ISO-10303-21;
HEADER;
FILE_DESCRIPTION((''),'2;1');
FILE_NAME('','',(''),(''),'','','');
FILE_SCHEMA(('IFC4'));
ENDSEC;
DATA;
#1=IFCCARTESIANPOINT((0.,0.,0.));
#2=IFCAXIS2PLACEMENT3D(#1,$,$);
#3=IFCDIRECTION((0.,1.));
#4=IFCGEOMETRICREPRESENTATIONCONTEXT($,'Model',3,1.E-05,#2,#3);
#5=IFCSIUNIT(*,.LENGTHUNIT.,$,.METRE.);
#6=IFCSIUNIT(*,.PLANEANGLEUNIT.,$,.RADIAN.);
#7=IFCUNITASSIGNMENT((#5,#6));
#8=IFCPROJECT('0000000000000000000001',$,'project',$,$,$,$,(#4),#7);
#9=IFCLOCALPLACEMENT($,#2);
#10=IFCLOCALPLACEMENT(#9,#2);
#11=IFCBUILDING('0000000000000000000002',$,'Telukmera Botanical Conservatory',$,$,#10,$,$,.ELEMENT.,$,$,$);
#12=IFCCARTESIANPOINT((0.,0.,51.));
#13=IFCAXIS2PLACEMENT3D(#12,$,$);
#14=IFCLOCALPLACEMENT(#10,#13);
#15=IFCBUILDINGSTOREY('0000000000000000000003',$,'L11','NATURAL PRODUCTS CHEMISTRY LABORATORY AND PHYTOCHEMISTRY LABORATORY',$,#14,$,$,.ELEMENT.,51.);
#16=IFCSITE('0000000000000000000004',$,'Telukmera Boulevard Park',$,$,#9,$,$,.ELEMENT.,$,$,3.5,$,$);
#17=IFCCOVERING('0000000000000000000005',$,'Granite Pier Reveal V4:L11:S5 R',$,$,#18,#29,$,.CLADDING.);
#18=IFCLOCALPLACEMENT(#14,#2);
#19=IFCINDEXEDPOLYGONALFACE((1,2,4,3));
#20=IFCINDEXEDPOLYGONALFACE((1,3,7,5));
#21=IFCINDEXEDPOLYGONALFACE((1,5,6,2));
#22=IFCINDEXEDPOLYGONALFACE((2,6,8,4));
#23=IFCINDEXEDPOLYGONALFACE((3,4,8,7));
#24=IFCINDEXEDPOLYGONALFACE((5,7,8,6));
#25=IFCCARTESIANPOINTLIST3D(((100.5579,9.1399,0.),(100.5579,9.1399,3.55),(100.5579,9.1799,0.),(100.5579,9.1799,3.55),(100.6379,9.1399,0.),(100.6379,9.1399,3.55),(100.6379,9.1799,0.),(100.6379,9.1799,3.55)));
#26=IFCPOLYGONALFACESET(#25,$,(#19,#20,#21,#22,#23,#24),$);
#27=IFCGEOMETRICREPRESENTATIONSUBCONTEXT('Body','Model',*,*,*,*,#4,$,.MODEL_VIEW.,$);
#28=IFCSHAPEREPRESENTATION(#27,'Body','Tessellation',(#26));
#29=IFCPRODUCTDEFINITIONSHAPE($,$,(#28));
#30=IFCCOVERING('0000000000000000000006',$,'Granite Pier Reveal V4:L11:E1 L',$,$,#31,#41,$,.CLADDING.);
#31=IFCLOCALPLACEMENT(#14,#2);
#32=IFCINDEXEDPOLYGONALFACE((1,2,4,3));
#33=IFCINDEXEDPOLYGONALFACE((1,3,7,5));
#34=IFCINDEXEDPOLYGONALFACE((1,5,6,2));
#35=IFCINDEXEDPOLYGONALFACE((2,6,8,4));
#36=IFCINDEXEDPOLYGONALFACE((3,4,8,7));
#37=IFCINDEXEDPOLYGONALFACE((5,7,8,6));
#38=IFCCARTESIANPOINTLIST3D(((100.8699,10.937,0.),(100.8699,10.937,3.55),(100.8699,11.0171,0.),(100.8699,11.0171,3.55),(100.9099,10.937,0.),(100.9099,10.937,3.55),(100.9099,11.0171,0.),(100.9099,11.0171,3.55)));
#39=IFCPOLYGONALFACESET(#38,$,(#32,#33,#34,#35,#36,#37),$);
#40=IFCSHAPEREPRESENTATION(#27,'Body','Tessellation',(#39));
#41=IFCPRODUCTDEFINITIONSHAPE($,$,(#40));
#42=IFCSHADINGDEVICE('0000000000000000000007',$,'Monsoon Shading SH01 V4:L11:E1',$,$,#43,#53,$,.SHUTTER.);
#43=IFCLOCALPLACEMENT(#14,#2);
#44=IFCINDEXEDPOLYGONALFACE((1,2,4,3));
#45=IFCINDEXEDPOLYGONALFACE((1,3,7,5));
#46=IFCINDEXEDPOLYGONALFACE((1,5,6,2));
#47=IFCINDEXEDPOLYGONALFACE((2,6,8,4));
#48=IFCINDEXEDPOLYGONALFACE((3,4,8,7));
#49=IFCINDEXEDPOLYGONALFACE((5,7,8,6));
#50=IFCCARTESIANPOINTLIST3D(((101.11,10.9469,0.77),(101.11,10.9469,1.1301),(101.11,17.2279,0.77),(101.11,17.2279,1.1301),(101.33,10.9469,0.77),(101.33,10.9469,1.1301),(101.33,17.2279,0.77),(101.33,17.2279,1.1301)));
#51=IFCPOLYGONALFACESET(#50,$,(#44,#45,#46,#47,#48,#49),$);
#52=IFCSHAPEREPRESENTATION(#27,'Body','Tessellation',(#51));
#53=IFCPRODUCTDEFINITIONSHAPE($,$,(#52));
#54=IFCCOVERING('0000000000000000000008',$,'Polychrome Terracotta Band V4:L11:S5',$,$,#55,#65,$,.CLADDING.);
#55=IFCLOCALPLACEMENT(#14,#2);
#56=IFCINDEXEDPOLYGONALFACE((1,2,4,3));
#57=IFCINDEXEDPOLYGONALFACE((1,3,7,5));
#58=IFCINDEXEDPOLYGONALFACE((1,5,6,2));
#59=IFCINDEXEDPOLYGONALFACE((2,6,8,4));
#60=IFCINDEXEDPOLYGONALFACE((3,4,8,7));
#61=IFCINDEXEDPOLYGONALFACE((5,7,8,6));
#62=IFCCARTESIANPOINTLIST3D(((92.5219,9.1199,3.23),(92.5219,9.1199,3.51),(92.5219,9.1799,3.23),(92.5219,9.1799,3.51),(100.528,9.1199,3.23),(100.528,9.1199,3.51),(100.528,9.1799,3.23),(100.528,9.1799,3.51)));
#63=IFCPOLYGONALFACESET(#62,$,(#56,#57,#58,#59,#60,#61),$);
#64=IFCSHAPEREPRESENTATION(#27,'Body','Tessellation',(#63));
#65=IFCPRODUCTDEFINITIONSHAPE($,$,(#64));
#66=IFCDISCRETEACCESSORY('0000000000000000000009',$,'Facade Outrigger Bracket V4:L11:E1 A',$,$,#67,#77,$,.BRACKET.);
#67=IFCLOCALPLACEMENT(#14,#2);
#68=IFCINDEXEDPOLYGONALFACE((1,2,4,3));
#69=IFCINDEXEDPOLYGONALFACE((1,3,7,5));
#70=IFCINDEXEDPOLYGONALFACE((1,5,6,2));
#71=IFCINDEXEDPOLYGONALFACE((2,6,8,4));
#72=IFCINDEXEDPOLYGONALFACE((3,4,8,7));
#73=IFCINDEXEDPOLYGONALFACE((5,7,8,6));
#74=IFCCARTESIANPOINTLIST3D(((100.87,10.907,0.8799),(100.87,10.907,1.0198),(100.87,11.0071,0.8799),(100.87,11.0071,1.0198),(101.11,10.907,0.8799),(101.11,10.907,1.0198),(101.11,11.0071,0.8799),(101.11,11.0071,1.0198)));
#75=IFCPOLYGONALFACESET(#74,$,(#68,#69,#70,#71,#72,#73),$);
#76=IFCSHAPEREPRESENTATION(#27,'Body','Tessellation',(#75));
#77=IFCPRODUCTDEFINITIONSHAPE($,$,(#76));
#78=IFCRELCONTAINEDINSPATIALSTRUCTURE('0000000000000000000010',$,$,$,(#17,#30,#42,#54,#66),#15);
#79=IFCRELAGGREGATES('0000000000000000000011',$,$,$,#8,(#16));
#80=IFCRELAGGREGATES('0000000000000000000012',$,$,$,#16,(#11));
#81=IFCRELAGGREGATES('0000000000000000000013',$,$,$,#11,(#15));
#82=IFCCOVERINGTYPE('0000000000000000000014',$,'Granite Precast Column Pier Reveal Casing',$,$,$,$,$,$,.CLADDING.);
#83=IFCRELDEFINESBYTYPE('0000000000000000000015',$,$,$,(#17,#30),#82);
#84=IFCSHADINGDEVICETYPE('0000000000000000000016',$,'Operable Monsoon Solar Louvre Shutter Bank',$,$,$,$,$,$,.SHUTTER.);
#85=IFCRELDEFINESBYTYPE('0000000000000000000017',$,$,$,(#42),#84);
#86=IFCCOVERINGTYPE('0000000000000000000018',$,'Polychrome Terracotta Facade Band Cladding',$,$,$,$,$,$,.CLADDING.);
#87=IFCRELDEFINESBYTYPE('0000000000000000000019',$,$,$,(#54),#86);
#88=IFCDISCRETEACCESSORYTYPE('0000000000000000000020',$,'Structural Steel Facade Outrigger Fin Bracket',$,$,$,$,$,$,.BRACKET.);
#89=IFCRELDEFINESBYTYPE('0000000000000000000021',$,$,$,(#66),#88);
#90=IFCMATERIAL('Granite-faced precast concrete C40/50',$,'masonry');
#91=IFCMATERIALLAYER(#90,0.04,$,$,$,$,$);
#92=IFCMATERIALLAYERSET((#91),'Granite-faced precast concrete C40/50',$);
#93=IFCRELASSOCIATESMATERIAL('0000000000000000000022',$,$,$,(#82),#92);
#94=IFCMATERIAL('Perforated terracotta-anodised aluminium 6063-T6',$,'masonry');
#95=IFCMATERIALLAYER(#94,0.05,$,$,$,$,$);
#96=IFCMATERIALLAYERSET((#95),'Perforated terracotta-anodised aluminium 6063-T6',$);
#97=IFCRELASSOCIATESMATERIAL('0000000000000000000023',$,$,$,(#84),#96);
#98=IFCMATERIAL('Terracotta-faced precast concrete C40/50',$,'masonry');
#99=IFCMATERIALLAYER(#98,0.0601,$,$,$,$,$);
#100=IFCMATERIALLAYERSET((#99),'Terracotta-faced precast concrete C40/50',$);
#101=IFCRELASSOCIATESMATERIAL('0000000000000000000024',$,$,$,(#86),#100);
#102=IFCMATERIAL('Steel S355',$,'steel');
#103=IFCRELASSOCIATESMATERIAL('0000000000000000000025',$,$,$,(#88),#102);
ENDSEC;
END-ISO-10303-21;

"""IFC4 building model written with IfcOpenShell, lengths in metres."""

from ifc_helpers import new_model, si_unit, direction, frame, origin, origin_2d, place, context, subcontext, project, spatial, rectangle, extrude, material, layer, layer_set, type_object, element, save


model = new_model("IFC4")

# Units and contexts
model_context = context("Model", 3, precision=1e-05, world=origin(), true_north=direction((0.0, 1.0)))
body_context = subcontext(model_context, "Body", "Model", "MODEL_VIEW")
ifc_project = project(units=[si_unit("LENGTHUNIT", "METRE"), si_unit("PLANEANGLEUNIT", "RADIAN")], contexts=[model_context])

# Site, building, storey
site_placement = place(None, origin())
site = spatial("IfcSite", under=ifc_project, at=site_placement, Name="Telukmera Boulevard Park", CompositionType="ELEMENT", RefElevation=3.5)
building_placement = place(site_placement, origin())
building = spatial("IfcBuilding", under=site, at=building_placement, Name="Telukmera Botanical Conservatory", CompositionType="ELEMENT")
storey_placement = place(building_placement, frame((0.0, 0.0, 51.0)))
storey = spatial("IfcBuildingStorey", under=building, at=storey_placement, Name="L11", Description="NATURAL PRODUCTS CHEMISTRY LABORATORY AND PHYTOCHEMISTRY LABORATORY", CompositionType="ELEMENT", Elevation=51.0)

# Shared definitions
ifc_material_1 = material(Name="Terracotta-faced precast concrete C40/50", Category="masonry")

# Coverings
ifc_material_2 = material(Name="Granite-faced precast concrete C40/50", Category="masonry")
ifc_layer_1 = layer(ifc_material_2, 0.04)
ifc_layer_set_1 = layer_set([ifc_layer_1], Name="Granite-faced precast concrete C40/50")
covering_type_1 = type_object("IfcCoveringType", Name="Granite Precast Column Pier Reveal Casing", PredefinedType="CLADDING", material=ifc_layer_set_1)
for number, where, z_axis, x_axis, name in (
    (1, (100.5979, 9.1599, 0.0), (0.0, 0.0, 1.0), (1.0, 0.0, 0.0), "Granite Pier Reveal V4:L11:S5 R"),
    (2, (100.8899, 10.9771, 0.0), (0.0, 0.0, 1.0), (0.0, 1.0, 0.0), "Granite Pier Reveal V4:L11:E1 L"),
):
    element("IfcCovering", number, at=place(storey_placement, frame(where, z_axis=z_axis, x_axis=x_axis)), inside=storey, type_object=covering_type_1, Name=name, PredefinedType="CLADDING", context=body_context, shape_type="SweptSolid", body=[
        extrude(rectangle(XDim=0.0801, YDim=0.04, at=origin_2d()), origin(), (0.0, 0.0, 1.0), 3.55),
    ])

# Shading device
ifc_material_3 = material(Name="Perforated terracotta-anodised aluminium 6063-T6", Category="masonry")
ifc_layer_2 = layer(ifc_material_3, 0.05)
ifc_layer_set_2 = layer_set([ifc_layer_2], Name="Perforated terracotta-anodised aluminium 6063-T6")
shading_device_type = type_object("IfcShadingDeviceType", Name="Operable Monsoon Solar Louvre Shutter Bank", PredefinedType="SHUTTER", material=ifc_layer_set_2)
shading_device_placement = place(storey_placement, frame((101.22, 14.0874, 0.77), z_axis=(0.0, 0.0, 1.0), x_axis=(0.0, 1.0, 0.0)))
element("IfcShadingDevice", 3, at=shading_device_placement, inside=storey, type_object=shading_device_type, Name="Monsoon Shading SH01 V4:L11:E1", PredefinedType="SHUTTER", context=body_context, shape_type="SweptSolid", body=[
    extrude(rectangle(XDim=6.281, YDim=0.22, at=origin_2d()), origin(), (0.0, 0.0, 1.0), 0.3601),
])

# Covering
ifc_layer_3 = layer(ifc_material_1, 0.0601)
ifc_layer_set_3 = layer_set([ifc_layer_3], Name="Terracotta-faced precast concrete C40/50")
covering_type_2 = type_object("IfcCoveringType", Name="Polychrome Terracotta Facade Band Cladding", PredefinedType="CLADDING", material=ifc_layer_set_3)
covering_placement = place(storey_placement, frame((96.5249, 9.1499, 3.23), z_axis=(0.0, 0.0, 1.0), x_axis=(1.0, 0.0, 0.0)))
element("IfcCovering", 4, at=covering_placement, inside=storey, type_object=covering_type_2, Name="Polychrome Terracotta Band V4:L11:S5", PredefinedType="CLADDING", context=body_context, shape_type="SweptSolid", body=[
    extrude(rectangle(XDim=8.0061, YDim=0.0601, at=origin_2d()), origin(), (0.0, 0.0, 1.0), 0.28),
])

# Discrete accessory
ifc_material_4 = material(Name="Steel S355", Category="steel")
discrete_accessory_type = type_object("IfcDiscreteAccessoryType", Name="Structural Steel Facade Outrigger Fin Bracket", PredefinedType="BRACKET", material=ifc_material_4)
discrete_accessory_placement = place(storey_placement, frame((100.99, 10.957, 0.8799), z_axis=(0.0, 0.0, 1.0), x_axis=(0.0, 1.0, 0.0)))
element("IfcDiscreteAccessory", 5, at=discrete_accessory_placement, inside=storey, type_object=discrete_accessory_type, Name="Facade Outrigger Bracket V4:L11:E1 A", PredefinedType="BRACKET", context=body_context, shape_type="SweptSolid", body=[
    extrude(rectangle(XDim=0.1001, YDim=0.24, at=origin_2d()), origin(), (0.0, 0.0, 1.0), 0.1399),
])

save(model, "model.ifc")
